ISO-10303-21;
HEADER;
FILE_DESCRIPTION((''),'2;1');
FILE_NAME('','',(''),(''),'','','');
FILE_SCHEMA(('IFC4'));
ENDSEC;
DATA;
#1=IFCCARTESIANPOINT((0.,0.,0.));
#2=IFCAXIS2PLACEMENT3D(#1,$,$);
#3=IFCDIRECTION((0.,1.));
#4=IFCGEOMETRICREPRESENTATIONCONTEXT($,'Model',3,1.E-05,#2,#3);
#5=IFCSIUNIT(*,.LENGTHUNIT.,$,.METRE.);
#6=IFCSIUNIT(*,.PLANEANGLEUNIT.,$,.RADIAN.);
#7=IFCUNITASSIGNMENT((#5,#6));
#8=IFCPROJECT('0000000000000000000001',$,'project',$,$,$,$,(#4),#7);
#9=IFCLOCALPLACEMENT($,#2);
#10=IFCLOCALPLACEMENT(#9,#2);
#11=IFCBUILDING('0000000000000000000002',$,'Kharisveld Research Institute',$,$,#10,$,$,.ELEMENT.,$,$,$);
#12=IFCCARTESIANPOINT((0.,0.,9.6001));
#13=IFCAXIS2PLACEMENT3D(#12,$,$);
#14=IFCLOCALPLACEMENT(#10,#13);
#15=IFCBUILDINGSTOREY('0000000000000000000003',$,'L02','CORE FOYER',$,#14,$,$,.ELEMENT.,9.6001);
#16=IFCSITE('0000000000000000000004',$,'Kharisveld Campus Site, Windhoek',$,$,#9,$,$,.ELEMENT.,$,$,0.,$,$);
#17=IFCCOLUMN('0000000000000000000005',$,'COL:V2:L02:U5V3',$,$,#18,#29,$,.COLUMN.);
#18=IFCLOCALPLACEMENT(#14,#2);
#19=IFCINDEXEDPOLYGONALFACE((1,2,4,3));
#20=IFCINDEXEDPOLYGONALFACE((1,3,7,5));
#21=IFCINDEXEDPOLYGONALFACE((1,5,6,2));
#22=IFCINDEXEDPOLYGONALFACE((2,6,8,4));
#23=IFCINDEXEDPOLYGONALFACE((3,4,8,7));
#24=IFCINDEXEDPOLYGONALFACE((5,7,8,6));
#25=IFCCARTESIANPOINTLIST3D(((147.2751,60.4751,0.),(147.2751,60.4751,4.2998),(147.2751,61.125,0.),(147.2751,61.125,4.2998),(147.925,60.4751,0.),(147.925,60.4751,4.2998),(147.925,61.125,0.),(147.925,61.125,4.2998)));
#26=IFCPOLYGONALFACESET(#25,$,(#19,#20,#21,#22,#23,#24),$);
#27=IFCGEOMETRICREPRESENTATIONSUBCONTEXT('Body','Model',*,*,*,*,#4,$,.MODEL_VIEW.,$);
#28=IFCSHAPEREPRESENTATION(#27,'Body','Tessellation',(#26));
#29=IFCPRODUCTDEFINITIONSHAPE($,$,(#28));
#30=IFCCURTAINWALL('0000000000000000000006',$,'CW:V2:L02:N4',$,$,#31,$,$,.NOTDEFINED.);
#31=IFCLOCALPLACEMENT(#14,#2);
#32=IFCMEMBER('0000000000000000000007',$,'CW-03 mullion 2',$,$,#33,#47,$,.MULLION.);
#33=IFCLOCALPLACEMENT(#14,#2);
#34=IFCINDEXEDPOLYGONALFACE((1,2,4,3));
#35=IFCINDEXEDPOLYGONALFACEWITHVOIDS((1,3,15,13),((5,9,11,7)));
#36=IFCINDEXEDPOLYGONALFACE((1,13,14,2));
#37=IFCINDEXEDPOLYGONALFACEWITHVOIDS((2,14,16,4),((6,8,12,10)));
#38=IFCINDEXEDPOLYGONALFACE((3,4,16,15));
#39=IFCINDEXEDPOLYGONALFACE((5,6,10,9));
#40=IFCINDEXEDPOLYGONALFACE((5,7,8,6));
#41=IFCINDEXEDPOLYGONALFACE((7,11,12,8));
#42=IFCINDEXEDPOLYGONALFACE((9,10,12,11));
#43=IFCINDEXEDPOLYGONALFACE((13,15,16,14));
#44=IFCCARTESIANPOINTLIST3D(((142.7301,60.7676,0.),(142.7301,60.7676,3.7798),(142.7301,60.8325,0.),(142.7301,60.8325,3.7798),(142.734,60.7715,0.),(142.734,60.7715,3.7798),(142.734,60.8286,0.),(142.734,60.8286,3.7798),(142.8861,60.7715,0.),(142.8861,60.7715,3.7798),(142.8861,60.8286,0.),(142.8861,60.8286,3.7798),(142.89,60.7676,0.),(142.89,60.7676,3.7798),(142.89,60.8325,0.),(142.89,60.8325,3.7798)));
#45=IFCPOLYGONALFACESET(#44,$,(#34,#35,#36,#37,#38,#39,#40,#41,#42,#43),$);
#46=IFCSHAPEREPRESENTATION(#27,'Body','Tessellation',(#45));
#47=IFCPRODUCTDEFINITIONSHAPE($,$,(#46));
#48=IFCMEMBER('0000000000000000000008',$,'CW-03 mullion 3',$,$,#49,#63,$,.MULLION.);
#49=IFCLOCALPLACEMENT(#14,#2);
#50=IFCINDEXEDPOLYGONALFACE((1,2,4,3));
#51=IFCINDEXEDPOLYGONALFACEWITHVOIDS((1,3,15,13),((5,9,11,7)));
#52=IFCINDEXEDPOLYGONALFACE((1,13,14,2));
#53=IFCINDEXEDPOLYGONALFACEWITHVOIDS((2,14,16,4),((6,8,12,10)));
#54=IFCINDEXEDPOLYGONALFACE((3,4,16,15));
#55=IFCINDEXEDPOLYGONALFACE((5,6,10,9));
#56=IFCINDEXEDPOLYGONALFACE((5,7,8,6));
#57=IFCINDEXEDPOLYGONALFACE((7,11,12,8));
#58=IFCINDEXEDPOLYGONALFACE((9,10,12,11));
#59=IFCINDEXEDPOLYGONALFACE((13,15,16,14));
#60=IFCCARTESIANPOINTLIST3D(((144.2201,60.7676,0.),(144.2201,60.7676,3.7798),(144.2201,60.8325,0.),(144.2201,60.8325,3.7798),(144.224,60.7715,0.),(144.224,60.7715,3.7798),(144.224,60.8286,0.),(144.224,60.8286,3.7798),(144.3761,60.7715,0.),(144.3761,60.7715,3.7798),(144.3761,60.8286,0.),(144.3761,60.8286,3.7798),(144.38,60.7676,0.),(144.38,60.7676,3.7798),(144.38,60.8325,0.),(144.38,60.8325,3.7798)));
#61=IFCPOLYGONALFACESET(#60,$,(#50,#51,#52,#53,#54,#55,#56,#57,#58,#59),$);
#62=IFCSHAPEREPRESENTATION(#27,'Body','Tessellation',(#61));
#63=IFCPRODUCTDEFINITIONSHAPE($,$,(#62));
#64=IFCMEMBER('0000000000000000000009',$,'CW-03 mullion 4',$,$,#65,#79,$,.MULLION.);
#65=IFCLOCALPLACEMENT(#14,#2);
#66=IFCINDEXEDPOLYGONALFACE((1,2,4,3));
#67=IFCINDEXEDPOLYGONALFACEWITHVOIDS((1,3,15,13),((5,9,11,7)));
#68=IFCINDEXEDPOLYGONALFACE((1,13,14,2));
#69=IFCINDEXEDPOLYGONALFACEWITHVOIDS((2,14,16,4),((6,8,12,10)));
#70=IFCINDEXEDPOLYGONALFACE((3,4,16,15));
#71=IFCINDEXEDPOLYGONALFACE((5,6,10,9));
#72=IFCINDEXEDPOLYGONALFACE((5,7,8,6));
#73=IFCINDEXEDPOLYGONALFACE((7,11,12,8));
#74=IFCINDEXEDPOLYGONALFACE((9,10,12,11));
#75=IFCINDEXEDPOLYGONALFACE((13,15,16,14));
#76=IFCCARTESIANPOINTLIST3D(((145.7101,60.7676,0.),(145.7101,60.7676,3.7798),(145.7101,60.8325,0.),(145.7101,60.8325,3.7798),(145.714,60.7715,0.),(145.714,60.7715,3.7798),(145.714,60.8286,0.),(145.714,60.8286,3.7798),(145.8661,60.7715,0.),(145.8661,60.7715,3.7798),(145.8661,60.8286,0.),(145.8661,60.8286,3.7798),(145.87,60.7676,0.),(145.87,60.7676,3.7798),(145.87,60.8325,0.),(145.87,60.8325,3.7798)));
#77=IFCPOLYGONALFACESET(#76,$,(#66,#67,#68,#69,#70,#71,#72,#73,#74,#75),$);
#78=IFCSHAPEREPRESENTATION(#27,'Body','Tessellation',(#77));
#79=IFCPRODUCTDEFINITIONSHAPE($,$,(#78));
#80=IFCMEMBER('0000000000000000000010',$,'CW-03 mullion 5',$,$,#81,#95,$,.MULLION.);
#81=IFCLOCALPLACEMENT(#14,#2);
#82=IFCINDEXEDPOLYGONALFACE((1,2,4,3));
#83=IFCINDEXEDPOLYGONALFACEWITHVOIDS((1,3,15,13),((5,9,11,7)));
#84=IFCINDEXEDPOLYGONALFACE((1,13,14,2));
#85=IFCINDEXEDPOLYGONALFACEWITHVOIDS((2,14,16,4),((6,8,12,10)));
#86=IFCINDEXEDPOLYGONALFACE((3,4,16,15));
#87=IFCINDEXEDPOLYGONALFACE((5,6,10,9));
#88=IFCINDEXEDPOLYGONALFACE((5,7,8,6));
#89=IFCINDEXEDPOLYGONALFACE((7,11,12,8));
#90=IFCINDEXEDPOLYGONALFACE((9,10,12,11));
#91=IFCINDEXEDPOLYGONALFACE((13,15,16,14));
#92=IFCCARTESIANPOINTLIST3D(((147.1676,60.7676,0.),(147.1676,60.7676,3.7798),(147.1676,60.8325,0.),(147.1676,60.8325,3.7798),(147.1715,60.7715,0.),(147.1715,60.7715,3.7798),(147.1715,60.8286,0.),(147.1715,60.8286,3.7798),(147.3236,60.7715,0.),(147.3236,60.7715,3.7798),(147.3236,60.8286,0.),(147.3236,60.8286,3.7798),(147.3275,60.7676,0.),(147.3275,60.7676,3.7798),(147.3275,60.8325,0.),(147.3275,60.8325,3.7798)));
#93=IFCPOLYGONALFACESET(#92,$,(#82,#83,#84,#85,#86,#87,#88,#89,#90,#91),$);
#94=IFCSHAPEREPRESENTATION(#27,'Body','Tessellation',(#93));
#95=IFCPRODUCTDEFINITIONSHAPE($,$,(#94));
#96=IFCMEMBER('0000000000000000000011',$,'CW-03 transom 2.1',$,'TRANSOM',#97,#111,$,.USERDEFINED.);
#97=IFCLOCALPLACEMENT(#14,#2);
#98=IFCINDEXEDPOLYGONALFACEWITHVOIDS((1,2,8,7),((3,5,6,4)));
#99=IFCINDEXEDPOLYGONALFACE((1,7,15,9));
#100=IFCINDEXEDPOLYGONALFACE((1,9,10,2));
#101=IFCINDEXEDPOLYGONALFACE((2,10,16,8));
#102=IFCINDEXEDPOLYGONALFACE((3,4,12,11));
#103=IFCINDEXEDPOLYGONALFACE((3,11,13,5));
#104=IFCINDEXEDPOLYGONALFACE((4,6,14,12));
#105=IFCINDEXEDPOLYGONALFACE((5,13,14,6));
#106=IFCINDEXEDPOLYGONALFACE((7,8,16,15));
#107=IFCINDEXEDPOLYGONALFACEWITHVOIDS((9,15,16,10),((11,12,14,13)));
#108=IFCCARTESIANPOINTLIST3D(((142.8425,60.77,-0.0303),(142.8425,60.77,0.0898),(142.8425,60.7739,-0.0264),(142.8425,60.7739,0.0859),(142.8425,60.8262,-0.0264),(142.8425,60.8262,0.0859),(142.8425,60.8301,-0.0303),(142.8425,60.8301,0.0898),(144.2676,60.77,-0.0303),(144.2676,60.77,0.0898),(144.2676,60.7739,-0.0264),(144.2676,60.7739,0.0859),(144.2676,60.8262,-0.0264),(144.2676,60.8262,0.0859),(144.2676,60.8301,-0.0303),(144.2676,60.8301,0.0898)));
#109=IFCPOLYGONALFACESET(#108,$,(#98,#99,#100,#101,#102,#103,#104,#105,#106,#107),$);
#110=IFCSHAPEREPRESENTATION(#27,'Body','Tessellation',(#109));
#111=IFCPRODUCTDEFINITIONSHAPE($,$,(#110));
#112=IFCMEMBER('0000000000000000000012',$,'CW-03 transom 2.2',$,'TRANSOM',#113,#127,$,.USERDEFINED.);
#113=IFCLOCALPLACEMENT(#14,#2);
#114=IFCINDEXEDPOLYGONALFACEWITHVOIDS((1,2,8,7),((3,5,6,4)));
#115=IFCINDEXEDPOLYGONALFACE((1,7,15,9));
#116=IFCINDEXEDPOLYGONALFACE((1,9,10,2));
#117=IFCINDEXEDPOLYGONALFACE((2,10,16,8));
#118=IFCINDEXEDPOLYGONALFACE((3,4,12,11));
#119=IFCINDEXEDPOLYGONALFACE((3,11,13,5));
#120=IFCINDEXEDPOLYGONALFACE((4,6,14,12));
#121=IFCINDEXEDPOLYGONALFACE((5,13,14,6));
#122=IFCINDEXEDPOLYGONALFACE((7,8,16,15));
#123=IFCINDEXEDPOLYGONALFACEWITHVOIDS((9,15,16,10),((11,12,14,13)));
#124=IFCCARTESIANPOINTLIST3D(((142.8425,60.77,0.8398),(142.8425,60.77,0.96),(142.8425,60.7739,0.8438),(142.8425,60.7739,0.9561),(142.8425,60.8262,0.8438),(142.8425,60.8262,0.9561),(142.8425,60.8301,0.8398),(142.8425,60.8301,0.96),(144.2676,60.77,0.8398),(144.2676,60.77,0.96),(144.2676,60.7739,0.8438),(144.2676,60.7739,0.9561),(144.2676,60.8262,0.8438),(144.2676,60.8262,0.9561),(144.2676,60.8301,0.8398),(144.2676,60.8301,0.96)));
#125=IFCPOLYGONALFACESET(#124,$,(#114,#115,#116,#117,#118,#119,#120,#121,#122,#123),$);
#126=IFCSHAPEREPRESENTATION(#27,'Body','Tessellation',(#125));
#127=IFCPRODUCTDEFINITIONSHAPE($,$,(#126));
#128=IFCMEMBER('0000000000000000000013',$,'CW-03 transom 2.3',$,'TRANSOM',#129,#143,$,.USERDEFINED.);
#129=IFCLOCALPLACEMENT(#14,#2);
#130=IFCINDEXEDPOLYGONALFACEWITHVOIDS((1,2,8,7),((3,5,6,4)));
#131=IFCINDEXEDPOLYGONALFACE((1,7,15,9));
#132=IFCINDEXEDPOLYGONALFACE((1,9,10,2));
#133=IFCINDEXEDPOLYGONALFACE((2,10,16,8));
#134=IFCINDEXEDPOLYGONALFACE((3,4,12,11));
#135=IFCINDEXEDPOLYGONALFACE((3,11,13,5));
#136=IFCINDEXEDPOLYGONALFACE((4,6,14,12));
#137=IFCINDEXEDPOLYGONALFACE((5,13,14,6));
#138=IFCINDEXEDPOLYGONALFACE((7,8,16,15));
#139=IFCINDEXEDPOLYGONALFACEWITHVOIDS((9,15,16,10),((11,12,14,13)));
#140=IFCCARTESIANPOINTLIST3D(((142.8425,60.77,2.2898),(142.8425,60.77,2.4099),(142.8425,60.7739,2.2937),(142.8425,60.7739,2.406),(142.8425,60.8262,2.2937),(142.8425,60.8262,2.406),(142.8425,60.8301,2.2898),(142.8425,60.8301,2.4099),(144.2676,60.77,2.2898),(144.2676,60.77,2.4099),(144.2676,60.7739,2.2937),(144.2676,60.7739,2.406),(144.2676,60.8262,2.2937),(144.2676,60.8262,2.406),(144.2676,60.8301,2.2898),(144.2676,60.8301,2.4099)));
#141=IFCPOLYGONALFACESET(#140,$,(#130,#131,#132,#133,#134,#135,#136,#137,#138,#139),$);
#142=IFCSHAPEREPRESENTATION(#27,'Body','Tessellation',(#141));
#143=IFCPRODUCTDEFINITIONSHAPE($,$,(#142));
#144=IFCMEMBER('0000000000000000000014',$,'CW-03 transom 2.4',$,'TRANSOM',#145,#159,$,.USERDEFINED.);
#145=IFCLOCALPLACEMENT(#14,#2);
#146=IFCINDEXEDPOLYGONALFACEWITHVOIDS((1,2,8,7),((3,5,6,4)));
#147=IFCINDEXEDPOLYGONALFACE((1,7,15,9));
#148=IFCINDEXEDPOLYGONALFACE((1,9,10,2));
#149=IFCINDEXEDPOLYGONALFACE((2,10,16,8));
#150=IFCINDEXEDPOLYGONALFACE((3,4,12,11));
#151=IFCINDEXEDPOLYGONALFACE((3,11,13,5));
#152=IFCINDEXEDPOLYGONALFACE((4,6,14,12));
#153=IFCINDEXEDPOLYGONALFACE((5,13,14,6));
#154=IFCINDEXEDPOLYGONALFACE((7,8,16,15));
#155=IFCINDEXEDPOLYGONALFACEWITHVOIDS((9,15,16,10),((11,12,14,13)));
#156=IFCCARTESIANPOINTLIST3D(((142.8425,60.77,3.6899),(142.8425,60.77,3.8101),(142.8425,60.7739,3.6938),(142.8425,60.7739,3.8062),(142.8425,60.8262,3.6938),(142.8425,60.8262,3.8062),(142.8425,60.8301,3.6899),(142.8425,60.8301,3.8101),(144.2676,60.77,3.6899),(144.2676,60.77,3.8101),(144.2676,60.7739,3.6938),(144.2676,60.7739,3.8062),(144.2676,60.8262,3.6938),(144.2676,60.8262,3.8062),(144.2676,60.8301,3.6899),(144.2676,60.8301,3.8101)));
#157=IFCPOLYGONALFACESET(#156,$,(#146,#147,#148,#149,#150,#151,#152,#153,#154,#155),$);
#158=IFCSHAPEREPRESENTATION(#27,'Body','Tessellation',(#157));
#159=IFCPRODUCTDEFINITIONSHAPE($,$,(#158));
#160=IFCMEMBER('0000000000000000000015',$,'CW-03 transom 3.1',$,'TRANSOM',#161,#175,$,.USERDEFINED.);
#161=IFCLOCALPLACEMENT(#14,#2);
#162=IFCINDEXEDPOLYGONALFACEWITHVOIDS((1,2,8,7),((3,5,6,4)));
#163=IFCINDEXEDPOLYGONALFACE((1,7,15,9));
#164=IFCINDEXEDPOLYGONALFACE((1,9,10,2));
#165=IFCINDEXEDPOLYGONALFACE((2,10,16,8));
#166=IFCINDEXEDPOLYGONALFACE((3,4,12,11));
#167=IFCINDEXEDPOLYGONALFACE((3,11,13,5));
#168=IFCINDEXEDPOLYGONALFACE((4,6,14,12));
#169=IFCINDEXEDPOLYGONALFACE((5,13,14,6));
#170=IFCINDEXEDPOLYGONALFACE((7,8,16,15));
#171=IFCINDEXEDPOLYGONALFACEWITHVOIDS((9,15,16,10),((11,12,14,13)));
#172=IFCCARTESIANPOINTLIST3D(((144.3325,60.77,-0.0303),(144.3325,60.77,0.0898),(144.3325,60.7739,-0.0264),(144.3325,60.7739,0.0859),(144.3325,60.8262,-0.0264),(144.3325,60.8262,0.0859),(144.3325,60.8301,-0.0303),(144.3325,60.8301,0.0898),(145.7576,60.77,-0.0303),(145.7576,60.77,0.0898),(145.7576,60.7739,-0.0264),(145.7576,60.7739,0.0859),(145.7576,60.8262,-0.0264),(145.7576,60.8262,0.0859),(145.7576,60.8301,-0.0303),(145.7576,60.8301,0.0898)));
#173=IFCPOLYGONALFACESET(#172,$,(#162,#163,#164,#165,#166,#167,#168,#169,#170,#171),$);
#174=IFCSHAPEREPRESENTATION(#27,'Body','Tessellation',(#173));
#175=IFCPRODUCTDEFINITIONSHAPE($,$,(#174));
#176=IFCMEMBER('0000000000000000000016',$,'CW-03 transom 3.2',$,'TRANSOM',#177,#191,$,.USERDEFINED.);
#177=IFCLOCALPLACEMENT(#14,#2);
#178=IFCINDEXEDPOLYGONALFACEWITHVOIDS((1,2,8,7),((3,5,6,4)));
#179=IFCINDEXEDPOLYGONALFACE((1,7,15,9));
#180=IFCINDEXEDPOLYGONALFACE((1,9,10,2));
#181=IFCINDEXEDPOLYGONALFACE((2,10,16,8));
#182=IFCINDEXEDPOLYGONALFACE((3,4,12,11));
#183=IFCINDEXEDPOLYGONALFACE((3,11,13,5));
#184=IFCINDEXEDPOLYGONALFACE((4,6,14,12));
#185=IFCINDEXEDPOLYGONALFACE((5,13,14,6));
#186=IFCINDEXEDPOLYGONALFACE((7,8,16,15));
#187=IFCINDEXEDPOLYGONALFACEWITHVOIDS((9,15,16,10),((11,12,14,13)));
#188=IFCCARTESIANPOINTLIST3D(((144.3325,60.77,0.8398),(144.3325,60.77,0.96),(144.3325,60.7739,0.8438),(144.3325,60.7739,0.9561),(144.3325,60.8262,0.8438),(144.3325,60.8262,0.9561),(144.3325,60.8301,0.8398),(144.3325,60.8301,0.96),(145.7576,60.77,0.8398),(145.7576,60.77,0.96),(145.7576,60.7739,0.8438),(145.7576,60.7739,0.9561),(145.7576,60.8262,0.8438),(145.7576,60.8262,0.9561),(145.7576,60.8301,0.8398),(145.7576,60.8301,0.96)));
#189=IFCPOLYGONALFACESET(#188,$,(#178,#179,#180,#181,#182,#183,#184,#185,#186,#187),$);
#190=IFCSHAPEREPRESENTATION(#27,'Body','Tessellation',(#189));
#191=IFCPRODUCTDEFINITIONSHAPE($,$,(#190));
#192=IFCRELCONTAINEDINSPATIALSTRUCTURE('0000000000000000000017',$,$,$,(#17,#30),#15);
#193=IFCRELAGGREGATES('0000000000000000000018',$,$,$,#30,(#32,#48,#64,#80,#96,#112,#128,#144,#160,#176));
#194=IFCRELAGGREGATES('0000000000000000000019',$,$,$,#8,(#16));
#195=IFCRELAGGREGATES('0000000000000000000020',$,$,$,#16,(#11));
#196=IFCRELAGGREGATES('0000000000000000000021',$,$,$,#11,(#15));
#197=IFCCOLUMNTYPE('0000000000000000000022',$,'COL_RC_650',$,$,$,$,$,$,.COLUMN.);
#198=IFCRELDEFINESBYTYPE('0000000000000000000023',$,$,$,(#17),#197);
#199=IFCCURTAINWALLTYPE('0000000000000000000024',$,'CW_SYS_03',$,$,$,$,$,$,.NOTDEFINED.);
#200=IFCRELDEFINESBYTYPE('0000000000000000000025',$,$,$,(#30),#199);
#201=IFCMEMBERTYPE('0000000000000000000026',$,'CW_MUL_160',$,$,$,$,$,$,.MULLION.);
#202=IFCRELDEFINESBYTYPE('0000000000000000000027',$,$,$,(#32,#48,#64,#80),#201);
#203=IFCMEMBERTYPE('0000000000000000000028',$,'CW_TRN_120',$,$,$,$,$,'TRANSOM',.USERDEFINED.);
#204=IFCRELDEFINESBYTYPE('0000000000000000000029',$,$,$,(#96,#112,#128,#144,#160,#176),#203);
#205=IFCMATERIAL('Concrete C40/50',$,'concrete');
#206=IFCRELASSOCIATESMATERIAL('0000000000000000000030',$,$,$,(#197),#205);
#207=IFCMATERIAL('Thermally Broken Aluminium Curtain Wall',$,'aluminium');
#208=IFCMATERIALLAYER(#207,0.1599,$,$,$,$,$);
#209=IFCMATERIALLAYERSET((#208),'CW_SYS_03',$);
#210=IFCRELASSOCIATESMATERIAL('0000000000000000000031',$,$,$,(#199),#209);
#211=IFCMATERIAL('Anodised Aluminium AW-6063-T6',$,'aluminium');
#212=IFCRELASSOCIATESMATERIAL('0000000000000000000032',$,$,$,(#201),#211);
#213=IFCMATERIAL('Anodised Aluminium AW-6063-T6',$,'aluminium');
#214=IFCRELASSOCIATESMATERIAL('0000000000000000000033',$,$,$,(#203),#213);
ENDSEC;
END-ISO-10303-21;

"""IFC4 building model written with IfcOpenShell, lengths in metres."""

from ifc_helpers import new_model, si_unit, direction, frame, origin, origin_2d, place, context, subcontext, project, spatial, rectangle, hollow_rectangle, extrude, material, layer, layer_set, material_profile, profile_set, type_object, element, aggregate, save


model = new_model("IFC4")

# Units and contexts
model_context = context("Model", 3, precision=1e-05, world=origin(), true_north=direction((0.0, 1.0)))
body_context = subcontext(model_context, "Body", "Model", "MODEL_VIEW")
ifc_project = project(units=[si_unit("LENGTHUNIT", "METRE"), si_unit("PLANEANGLEUNIT", "RADIAN")], contexts=[model_context])

# Site, building, storey
site_placement = place(None, origin())
site = spatial("IfcSite", under=ifc_project, at=site_placement, Name="Kharisveld Campus Site, Windhoek", CompositionType="ELEMENT", RefElevation=0.0)
building_placement = place(site_placement, origin())
building = spatial("IfcBuilding", under=site, at=building_placement, Name="Kharisveld Research Institute", CompositionType="ELEMENT")
storey_placement = place(building_placement, frame((0.0, 0.0, 9.6001)))
storey = spatial("IfcBuildingStorey", under=building, at=storey_placement, Name="L02", Description="CORE FOYER", CompositionType="ELEMENT", Elevation=9.6001)

# Column
ifc_material_1 = material(Name="Concrete C40/50", Category="concrete")
ifc_material_profile_1 = material_profile(ifc_material_1, rectangle(XDim=0.6499, YDim=0.6499, at=origin_2d()))
ifc_profile_set_1 = profile_set([ifc_material_profile_1], Name="Concrete C40/50")
column_type = type_object("IfcColumnType", Name="COL_RC_650", PredefinedType="COLUMN", material=ifc_profile_set_1)
column_placement = place(storey_placement, frame((147.6001, 60.8, 0.0), z_axis=(0.0, 0.0, 1.0), x_axis=(1.0, 0.0, 0.0)))
element("IfcColumn", 1, at=column_placement, inside=storey, type_object=column_type, Name="COL:V2:L02:U5V3", PredefinedType="COLUMN", context=body_context, shape_type="SweptSolid", body=[
    extrude(rectangle(XDim=0.6499, YDim=0.6499, at=origin_2d()), origin(), (0.0, 0.0, 1.0), 4.2998),
])

# Curtain wall, members
ifc_material_2 = material(Name="Thermally Broken Aluminium Curtain Wall", Category="aluminium")
ifc_layer_1 = layer(ifc_material_2, 0.1599)
ifc_layer_set_1 = layer_set([ifc_layer_1], Name="CW_SYS_03")
curtain_wall_type = type_object("IfcCurtainWallType", Name="CW_SYS_03", PredefinedType="NOTDEFINED", material=ifc_layer_set_1)
curtain_wall_placement = place(storey_placement, origin())
curtain_wall = element("IfcCurtainWall", 2, at=curtain_wall_placement, inside=storey, type_object=curtain_wall_type, Name="CW:V2:L02:N4", PredefinedType="NOTDEFINED")
ifc_material_3 = material(Name="Anodised Aluminium AW-6063-T6", Category="aluminium")
ifc_material_profile_2 = material_profile(ifc_material_3, hollow_rectangle(XDim=0.0649, YDim=0.1599, WallThickness=0.0039, at=origin_2d()))
ifc_profile_set_2 = profile_set([ifc_material_profile_2], Name="Anodised Aluminium AW-6063-T6")
member_type_1 = type_object("IfcMemberType", Name="CW_MUL_160", PredefinedType="MULLION", material=ifc_profile_set_2)
member_1_placement = place(storey_placement, frame((142.8101, 60.8, 0.0), z_axis=(0.0, 0.0, 1.0), x_axis=(0.0, 1.0, 0.0)))
member_1 = element("IfcMember", 3, at=member_1_placement, type_object=member_type_1, Name="CW-03 mullion 2", PredefinedType="MULLION", context=body_context, shape_type="SweptSolid", body=[
    extrude(hollow_rectangle(XDim=0.0649, YDim=0.1599, WallThickness=0.0039, at=origin_2d()), origin(), (0.0, 0.0, 1.0), 3.7798),
])
member_2_placement = place(storey_placement, frame((144.3, 60.8, 0.0), z_axis=(0.0, 0.0, 1.0), x_axis=(0.0, 1.0, 0.0)))
member_2 = element("IfcMember", 4, at=member_2_placement, type_object=member_type_1, Name="CW-03 mullion 3", PredefinedType="MULLION", context=body_context, shape_type="SweptSolid", body=[
    extrude(hollow_rectangle(XDim=0.0649, YDim=0.1599, WallThickness=0.0039, at=origin_2d()), origin(), (0.0, 0.0, 1.0), 3.7798),
])
member_3_placement = place(storey_placement, frame((145.79, 60.8, 0.0), z_axis=(0.0, 0.0, 1.0), x_axis=(0.0, 1.0, 0.0)))
member_3 = element("IfcMember", 5, at=member_3_placement, type_object=member_type_1, Name="CW-03 mullion 4", PredefinedType="MULLION", context=body_context, shape_type="SweptSolid", body=[
    extrude(hollow_rectangle(XDim=0.0649, YDim=0.1599, WallThickness=0.0039, at=origin_2d()), origin(), (0.0, 0.0, 1.0), 3.7798),
])
member_4_placement = place(storey_placement, frame((147.2476, 60.8, 0.0), z_axis=(0.0, 0.0, 1.0), x_axis=(0.0, 1.0, 0.0)))
member_4 = element("IfcMember", 6, at=member_4_placement, type_object=member_type_1, Name="CW-03 mullion 5", PredefinedType="MULLION", context=body_context, shape_type="SweptSolid", body=[
    extrude(hollow_rectangle(XDim=0.0649, YDim=0.1599, WallThickness=0.0039, at=origin_2d()), origin(), (0.0, 0.0, 1.0), 3.7798),
])
ifc_material_4 = material(Name="Anodised Aluminium AW-6063-T6", Category="aluminium")
ifc_material_profile_3 = material_profile(ifc_material_4, hollow_rectangle(XDim=0.0601, YDim=0.1201, WallThickness=0.0039, at=origin_2d()))
ifc_profile_set_3 = profile_set([ifc_material_profile_3], Name="Anodised Aluminium AW-6063-T6")
member_type_2 = type_object("IfcMemberType", Name="CW_TRN_120", ElementType="TRANSOM", PredefinedType="USERDEFINED", material=ifc_profile_set_3)
member_5_placement = place(storey_placement, frame((142.8425, 60.8, 0.0298), z_axis=(1.0, 0.0, 0.0), x_axis=(0.0, 1.0, 0.0)))
member_5 = element("IfcMember", 7, at=member_5_placement, type_object=member_type_2, Name="CW-03 transom 2.1", ObjectType="TRANSOM", PredefinedType="USERDEFINED", context=body_context, shape_type="SweptSolid", body=[
    extrude(hollow_rectangle(XDim=0.0601, YDim=0.1201, WallThickness=0.0039, at=origin_2d()), origin(), (0.0, 0.0, 1.0), 1.425),
])
member_6_placement = place(storey_placement, frame((142.8425, 60.8, 0.8999), z_axis=(1.0, 0.0, 0.0), x_axis=(0.0, 1.0, 0.0)))
member_6 = element("IfcMember", 8, at=member_6_placement, type_object=member_type_2, Name="CW-03 transom 2.2", ObjectType="TRANSOM", PredefinedType="USERDEFINED", context=body_context, shape_type="SweptSolid", body=[
    extrude(hollow_rectangle(XDim=0.0601, YDim=0.1201, WallThickness=0.0039, at=origin_2d()), origin(), (0.0, 0.0, 1.0), 1.425),
])
member_7_placement = place(storey_placement, frame((142.8425, 60.8, 2.3499), z_axis=(1.0, 0.0, 0.0), x_axis=(0.0, 1.0, 0.0)))
member_7 = element("IfcMember", 9, at=member_7_placement, type_object=member_type_2, Name="CW-03 transom 2.3", ObjectType="TRANSOM", PredefinedType="USERDEFINED", context=body_context, shape_type="SweptSolid", body=[
    extrude(hollow_rectangle(XDim=0.0601, YDim=0.1201, WallThickness=0.0039, at=origin_2d()), origin(), (0.0, 0.0, 1.0), 1.425),
])
member_8_placement = place(storey_placement, frame((142.8425, 60.8, 3.75), z_axis=(1.0, 0.0, 0.0), x_axis=(0.0, 1.0, 0.0)))
member_8 = element("IfcMember", 10, at=member_8_placement, type_object=member_type_2, Name="CW-03 transom 2.4", ObjectType="TRANSOM", PredefinedType="USERDEFINED", context=body_context, shape_type="SweptSolid", body=[
    extrude(hollow_rectangle(XDim=0.0601, YDim=0.1201, WallThickness=0.0039, at=origin_2d()), origin(), (0.0, 0.0, 1.0), 1.425),
])
member_9_placement = place(storey_placement, frame((144.3325, 60.8, 0.0298), z_axis=(1.0, 0.0, 0.0), x_axis=(0.0, 1.0, 0.0)))
member_9 = element("IfcMember", 11, at=member_9_placement, type_object=member_type_2, Name="CW-03 transom 3.1", ObjectType="TRANSOM", PredefinedType="USERDEFINED", context=body_context, shape_type="SweptSolid", body=[
    extrude(hollow_rectangle(XDim=0.0601, YDim=0.1201, WallThickness=0.0039, at=origin_2d()), origin(), (0.0, 0.0, 1.0), 1.425),
])
member_10_placement = place(storey_placement, frame((144.3325, 60.8, 0.8999), z_axis=(1.0, 0.0, 0.0), x_axis=(0.0, 1.0, 0.0)))
member_10 = element("IfcMember", 12, at=member_10_placement, type_object=member_type_2, Name="CW-03 transom 3.2", ObjectType="TRANSOM", PredefinedType="USERDEFINED", context=body_context, shape_type="SweptSolid", body=[
    extrude(hollow_rectangle(XDim=0.0601, YDim=0.1201, WallThickness=0.0039, at=origin_2d()), origin(), (0.0, 0.0, 1.0), 1.425),
])
aggregate(curtain_wall, [member_1, member_2, member_3, member_4, member_5, member_6, member_7, member_8, member_9, member_10])

save(model, "model.ifc")
